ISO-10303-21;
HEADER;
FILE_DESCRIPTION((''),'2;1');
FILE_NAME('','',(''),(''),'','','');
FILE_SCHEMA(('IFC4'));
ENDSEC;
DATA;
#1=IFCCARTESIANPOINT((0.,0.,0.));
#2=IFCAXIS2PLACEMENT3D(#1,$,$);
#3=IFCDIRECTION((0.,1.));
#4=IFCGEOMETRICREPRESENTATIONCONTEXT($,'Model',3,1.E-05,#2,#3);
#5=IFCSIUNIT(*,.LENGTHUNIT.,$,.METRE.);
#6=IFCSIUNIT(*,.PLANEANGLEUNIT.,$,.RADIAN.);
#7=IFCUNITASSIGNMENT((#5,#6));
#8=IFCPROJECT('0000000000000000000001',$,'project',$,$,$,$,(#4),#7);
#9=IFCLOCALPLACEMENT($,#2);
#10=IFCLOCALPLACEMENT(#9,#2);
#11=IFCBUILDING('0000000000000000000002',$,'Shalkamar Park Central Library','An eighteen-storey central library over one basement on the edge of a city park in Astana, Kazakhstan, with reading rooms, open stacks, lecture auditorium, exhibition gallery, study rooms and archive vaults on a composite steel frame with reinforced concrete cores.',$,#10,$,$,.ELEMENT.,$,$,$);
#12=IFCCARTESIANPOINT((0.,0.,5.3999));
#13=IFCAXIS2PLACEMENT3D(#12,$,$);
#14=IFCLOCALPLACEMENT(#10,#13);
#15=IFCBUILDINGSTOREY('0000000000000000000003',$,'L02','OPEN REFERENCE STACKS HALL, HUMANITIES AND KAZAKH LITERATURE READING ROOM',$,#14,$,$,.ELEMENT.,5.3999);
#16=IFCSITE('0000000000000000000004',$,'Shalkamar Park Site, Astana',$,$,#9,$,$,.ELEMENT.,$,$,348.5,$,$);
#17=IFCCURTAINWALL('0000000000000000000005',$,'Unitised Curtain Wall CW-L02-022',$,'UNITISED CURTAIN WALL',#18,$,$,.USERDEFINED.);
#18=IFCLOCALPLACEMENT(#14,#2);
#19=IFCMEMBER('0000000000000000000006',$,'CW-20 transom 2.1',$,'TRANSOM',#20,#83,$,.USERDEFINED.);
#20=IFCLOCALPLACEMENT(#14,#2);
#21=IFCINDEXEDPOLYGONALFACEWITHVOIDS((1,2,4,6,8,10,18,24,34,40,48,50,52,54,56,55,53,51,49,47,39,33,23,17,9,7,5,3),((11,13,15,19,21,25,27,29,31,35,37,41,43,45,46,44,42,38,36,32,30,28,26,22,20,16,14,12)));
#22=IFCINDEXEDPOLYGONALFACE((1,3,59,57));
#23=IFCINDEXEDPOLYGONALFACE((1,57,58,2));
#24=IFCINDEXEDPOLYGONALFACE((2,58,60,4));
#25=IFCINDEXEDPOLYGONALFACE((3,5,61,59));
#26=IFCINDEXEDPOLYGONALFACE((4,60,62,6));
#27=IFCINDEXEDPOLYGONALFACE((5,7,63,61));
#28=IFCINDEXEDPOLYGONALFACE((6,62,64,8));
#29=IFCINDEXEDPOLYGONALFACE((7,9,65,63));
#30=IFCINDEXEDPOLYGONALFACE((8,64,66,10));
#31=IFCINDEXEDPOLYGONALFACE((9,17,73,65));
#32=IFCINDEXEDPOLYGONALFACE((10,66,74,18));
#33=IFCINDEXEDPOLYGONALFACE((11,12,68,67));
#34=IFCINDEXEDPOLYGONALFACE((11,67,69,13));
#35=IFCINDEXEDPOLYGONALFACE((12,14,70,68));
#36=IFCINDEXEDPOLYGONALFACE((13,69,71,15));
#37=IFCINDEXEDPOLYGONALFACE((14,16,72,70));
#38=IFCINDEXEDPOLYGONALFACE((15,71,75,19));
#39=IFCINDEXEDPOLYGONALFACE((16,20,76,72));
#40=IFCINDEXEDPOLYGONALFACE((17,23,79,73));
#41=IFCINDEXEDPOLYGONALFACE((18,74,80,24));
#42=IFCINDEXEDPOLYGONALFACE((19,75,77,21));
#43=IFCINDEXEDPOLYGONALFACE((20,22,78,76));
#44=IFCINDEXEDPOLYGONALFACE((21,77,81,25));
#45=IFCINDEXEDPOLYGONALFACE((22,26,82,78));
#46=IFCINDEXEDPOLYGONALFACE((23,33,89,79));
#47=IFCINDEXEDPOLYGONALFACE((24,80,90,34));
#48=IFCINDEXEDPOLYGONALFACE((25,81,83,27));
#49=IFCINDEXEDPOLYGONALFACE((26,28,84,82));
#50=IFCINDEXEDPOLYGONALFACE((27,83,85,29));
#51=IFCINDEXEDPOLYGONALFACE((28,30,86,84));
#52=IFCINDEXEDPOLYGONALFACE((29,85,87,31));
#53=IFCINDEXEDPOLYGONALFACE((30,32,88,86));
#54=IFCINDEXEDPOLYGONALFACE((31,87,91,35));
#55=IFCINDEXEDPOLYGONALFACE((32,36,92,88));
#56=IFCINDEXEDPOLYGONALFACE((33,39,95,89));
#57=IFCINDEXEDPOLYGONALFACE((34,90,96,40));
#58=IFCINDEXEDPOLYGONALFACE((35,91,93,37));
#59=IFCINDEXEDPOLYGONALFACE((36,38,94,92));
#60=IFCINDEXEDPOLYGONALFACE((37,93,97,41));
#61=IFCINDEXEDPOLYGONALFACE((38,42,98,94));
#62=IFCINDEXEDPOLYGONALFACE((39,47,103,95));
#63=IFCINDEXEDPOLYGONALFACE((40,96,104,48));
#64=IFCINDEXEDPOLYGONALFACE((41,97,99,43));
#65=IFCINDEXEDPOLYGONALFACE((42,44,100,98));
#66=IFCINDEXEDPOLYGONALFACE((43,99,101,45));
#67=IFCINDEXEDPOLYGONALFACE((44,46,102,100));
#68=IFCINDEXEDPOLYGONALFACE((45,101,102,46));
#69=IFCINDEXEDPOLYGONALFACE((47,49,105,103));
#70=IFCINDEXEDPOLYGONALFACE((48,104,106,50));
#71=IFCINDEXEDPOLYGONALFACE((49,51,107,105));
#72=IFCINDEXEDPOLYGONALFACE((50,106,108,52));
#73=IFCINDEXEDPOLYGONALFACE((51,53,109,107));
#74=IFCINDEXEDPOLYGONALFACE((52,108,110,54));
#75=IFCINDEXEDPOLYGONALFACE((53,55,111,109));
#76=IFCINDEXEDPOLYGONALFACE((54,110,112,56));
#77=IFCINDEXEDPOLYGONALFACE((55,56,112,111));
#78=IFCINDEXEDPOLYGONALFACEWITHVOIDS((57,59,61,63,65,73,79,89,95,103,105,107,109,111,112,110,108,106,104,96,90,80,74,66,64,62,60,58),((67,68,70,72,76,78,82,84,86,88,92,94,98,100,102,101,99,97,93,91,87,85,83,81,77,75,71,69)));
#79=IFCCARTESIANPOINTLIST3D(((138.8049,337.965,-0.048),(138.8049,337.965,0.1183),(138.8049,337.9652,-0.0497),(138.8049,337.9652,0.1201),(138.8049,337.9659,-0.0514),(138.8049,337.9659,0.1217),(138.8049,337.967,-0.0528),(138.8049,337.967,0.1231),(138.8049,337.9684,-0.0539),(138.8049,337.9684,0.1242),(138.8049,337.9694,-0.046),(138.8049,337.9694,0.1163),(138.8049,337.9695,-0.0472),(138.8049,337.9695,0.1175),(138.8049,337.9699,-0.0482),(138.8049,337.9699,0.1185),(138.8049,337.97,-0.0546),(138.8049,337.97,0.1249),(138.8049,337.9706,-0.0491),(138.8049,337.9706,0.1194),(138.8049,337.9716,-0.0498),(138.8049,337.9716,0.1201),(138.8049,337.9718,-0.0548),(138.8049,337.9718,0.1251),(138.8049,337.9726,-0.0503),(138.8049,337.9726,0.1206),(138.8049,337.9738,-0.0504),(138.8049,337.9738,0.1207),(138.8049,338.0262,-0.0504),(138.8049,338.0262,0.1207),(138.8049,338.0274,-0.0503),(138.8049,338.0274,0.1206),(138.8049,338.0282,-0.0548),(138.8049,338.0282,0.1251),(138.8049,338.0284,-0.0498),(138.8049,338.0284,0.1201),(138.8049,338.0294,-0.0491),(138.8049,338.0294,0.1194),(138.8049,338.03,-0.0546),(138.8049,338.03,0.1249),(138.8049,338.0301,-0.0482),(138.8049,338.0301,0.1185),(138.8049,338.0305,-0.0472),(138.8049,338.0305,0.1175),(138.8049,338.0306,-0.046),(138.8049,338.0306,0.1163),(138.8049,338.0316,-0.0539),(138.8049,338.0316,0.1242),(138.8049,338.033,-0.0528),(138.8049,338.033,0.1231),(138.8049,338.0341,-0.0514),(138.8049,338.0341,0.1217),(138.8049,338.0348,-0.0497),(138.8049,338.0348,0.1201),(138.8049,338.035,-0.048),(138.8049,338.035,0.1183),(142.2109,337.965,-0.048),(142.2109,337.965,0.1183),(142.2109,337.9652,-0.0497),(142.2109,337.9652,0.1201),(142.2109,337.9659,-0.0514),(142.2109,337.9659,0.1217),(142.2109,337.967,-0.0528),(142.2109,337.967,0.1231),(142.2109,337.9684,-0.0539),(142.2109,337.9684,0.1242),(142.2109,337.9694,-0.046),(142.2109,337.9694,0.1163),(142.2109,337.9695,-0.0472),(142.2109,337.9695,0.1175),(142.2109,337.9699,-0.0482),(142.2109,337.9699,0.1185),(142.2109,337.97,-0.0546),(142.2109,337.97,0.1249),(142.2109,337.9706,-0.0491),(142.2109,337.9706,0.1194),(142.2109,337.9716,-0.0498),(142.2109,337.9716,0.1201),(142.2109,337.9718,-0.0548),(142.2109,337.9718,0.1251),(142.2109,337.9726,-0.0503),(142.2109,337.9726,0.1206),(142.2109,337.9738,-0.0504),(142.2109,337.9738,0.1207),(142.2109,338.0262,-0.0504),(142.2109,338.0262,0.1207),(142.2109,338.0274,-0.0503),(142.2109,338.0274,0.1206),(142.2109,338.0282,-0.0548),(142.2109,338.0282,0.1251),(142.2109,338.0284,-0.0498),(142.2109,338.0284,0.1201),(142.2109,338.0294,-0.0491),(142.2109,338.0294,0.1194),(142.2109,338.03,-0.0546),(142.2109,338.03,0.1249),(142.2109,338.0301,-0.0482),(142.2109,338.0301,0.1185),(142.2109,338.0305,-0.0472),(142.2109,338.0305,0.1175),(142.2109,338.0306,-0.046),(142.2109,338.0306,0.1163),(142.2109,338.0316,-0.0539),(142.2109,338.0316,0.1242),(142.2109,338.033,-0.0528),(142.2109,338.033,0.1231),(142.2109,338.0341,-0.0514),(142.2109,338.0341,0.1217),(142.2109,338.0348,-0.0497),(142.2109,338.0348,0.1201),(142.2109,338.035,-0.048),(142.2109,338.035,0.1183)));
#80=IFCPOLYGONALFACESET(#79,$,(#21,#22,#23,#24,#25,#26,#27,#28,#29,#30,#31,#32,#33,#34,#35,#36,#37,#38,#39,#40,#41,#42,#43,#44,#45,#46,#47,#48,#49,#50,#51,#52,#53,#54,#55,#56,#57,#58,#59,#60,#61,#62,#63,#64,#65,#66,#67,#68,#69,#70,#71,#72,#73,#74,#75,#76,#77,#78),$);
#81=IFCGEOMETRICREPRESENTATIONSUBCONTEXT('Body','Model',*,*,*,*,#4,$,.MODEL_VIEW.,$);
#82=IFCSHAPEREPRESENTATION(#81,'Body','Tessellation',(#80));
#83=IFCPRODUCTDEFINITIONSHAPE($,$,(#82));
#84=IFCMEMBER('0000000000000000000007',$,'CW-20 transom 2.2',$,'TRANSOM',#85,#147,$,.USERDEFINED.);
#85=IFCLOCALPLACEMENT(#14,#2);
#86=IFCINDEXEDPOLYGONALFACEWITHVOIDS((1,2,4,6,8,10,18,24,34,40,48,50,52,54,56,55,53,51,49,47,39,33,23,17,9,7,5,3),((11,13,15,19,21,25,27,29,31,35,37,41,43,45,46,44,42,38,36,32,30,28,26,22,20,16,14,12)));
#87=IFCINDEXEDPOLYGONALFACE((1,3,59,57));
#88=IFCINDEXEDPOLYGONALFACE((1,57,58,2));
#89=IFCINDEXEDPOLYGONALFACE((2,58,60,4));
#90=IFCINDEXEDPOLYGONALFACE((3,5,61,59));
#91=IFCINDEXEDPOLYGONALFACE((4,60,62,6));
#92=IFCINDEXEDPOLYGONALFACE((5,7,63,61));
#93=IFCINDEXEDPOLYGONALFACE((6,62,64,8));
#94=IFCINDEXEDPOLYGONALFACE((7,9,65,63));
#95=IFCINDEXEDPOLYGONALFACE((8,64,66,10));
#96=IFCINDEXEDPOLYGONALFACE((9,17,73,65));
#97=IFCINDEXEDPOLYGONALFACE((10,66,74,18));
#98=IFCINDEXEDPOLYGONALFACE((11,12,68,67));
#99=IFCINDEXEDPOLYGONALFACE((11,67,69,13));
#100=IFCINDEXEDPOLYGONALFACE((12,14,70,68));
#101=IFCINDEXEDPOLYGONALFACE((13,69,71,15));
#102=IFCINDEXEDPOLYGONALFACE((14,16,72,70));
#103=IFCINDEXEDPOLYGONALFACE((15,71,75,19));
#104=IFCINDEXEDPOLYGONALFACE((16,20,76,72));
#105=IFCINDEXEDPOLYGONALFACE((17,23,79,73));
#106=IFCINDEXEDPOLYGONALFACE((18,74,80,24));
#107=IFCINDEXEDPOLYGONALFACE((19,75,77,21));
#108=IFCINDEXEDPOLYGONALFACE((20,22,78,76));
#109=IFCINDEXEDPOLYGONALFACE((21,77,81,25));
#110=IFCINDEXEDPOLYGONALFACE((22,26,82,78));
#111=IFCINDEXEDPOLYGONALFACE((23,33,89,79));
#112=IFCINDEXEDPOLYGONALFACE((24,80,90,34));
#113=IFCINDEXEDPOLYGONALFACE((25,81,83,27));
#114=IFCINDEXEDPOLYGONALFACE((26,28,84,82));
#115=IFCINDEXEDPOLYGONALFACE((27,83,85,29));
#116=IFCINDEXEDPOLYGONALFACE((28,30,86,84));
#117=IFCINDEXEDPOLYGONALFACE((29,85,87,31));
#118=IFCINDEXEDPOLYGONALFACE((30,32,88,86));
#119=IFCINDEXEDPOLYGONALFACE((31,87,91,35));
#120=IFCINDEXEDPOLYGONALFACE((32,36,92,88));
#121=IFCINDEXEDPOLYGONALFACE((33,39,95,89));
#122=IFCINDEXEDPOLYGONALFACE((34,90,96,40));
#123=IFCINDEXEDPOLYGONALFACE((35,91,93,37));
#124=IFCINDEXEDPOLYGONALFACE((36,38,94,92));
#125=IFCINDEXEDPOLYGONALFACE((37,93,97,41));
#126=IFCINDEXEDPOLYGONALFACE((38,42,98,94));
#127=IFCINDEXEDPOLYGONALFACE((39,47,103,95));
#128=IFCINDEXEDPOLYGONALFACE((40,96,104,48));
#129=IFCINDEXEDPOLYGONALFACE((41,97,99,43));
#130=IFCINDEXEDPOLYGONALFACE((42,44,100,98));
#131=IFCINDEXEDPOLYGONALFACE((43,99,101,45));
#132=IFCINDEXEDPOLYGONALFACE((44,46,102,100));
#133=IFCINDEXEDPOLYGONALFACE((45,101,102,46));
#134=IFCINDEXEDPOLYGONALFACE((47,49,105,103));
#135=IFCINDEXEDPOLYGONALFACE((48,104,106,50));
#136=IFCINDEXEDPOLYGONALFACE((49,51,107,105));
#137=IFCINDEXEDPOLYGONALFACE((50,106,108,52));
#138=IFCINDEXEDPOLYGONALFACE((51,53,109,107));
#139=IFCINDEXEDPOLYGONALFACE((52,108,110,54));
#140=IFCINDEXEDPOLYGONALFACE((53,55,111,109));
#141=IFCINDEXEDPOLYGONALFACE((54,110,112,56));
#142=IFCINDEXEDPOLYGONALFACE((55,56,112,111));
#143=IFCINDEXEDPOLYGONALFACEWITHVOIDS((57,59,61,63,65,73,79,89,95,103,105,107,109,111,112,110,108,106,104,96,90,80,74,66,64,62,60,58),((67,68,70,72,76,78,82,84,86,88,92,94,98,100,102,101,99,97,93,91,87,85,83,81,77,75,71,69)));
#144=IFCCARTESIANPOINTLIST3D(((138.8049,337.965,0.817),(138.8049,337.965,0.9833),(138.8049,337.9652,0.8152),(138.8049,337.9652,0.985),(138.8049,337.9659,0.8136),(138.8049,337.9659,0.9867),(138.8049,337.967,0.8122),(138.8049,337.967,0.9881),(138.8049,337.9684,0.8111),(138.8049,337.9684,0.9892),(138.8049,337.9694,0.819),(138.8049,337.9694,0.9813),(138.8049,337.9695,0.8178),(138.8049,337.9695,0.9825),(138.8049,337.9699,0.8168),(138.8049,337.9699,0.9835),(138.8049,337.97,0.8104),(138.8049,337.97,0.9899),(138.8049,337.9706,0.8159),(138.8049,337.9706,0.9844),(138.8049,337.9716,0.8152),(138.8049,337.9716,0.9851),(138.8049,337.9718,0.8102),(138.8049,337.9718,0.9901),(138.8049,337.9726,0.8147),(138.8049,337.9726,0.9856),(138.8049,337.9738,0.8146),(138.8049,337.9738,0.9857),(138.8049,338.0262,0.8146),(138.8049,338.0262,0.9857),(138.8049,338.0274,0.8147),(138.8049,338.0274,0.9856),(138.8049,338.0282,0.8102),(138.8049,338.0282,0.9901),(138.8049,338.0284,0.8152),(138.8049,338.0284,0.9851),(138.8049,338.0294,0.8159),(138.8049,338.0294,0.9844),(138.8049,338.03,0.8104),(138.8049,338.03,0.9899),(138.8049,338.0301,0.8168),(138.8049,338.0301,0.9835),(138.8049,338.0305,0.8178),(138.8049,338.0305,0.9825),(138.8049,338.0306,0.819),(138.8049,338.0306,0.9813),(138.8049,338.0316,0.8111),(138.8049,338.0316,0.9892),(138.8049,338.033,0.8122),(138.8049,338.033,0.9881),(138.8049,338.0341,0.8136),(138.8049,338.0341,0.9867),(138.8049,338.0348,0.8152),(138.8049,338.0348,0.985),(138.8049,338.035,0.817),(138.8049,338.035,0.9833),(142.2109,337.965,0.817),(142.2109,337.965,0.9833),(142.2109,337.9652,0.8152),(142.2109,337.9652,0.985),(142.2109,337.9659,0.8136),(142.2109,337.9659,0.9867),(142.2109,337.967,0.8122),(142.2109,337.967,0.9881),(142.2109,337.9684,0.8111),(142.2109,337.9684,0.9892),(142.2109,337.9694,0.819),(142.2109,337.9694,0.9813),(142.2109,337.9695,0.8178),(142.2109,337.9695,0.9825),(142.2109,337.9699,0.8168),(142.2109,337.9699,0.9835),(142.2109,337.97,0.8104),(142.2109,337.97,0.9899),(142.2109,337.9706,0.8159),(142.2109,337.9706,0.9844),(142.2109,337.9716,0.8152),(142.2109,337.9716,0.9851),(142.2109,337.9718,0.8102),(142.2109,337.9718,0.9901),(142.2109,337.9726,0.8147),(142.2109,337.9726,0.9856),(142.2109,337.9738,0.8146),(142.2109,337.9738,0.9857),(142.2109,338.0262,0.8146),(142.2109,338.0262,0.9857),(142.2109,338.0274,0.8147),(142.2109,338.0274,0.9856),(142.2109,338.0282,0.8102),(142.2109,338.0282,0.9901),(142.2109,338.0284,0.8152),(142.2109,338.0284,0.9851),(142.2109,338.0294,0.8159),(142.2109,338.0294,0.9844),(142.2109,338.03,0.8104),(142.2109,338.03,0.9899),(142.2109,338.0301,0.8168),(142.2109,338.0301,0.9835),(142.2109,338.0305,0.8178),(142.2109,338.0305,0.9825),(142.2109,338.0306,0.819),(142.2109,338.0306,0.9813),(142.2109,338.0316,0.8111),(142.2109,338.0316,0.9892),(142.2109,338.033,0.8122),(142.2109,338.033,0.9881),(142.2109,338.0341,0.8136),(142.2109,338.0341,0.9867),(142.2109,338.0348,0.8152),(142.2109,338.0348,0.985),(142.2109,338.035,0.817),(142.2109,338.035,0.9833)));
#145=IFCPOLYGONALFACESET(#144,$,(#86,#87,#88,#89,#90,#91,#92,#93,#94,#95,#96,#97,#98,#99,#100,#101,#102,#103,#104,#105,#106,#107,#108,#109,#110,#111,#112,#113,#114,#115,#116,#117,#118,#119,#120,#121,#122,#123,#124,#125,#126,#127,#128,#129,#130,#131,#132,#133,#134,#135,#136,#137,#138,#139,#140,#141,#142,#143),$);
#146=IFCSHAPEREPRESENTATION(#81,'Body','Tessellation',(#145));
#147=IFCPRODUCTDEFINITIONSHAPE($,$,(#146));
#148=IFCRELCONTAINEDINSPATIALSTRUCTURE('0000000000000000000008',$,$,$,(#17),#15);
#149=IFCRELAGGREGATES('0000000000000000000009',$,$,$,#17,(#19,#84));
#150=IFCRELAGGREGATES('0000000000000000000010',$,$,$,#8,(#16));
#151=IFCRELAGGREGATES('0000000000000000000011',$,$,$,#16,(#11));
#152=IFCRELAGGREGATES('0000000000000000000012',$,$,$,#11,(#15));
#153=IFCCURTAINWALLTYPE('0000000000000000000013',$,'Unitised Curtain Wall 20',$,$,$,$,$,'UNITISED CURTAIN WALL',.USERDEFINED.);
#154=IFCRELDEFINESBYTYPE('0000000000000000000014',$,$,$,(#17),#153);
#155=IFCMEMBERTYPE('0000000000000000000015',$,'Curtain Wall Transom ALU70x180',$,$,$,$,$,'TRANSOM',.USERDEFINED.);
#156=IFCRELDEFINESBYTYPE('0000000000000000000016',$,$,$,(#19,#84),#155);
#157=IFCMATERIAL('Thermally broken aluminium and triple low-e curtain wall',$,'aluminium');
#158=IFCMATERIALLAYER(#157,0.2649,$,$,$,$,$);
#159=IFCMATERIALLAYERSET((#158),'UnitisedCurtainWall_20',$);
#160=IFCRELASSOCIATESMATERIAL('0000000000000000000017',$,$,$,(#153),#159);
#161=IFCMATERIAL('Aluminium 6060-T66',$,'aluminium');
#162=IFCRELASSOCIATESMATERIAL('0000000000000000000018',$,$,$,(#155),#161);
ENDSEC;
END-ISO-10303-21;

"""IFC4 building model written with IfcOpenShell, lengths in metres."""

from ifc_helpers import new_model, si_unit, direction, frame, origin, origin_2d, place, context, subcontext, project, spatial, hollow_rectangle, extrude, material, layer, layer_set, material_profile, profile_set, type_object, element, aggregate, save


model = new_model("IFC4")

# Units and contexts
model_context = context("Model", 3, precision=1e-05, world=origin(), true_north=direction((0.0, 1.0)))
body_context = subcontext(model_context, "Body", "Model", "MODEL_VIEW")
ifc_project = project(units=[si_unit("LENGTHUNIT", "METRE"), si_unit("PLANEANGLEUNIT", "RADIAN")], contexts=[model_context])

# Site, building, storey
site_placement = place(None, origin())
site = spatial("IfcSite", under=ifc_project, at=site_placement, Name="Shalkamar Park Site, Astana", CompositionType="ELEMENT", RefElevation=348.5)
building_placement = place(site_placement, origin())
building = spatial("IfcBuilding", under=site, at=building_placement, Name="Shalkamar Park Central Library", Description="An eighteen-storey central library over one basement on the edge of a city park in Astana, Kazakhstan, with reading rooms, open stacks, lecture auditorium, exhibition gallery, study rooms and archive vaults on a composite steel frame with reinforced concrete cores.", CompositionType="ELEMENT")
storey_placement = place(building_placement, frame((0.0, 0.0, 5.3999)))
storey = spatial("IfcBuildingStorey", under=building, at=storey_placement, Name="L02", Description="OPEN REFERENCE STACKS HALL, HUMANITIES AND KAZAKH LITERATURE READING ROOM", CompositionType="ELEMENT", Elevation=5.3999)

# Curtain wall
ifc_material_1 = material(Name="Thermally broken aluminium and triple low-e curtain wall", Category="aluminium")
ifc_layer_1 = layer(ifc_material_1, 0.2649)
ifc_layer_set_1 = layer_set([ifc_layer_1], Name="UnitisedCurtainWall_20")
curtain_wall_type_1 = type_object("IfcCurtainWallType", Name="Unitised Curtain Wall 20", ElementType="UNITISED CURTAIN WALL", PredefinedType="USERDEFINED", material=ifc_layer_set_1)
curtain_wall_1_placement = place(storey_placement, origin())
curtain_wall_1 = element("IfcCurtainWall", 1, at=curtain_wall_1_placement, inside=storey, type_object=curtain_wall_type_1, Name="Unitised Curtain Wall CW-L02-022", ObjectType="UNITISED CURTAIN WALL", PredefinedType="USERDEFINED")
ifc_material_2 = material(Name="Aluminium 6060-T66", Category="aluminium")

# Members
ifc_material_profile_1 = material_profile(ifc_material_2, hollow_rectangle(XDim=0.0701, YDim=0.1799, WallThickness=0.0044, InnerFilletRadius=0.0044, OuterFilletRadius=0.0068, at=origin_2d()), Name="ALU 70x180x4.5")
ifc_profile_set_1 = profile_set([ifc_material_profile_1], Name="Aluminium 6060-T66")
member_type_1 = type_object("IfcMemberType", Name="Curtain Wall Transom ALU70x180", ElementType="TRANSOM", PredefinedType="USERDEFINED", material=ifc_profile_set_1)
member_1_placement = place(storey_placement, frame((138.8049, 338.0, 0.0352), z_axis=(1.0, 0.0, 0.0), x_axis=(0.0, 1.0, 0.0)))
member_1 = element("IfcMember", 2, at=member_1_placement, type_object=member_type_1, Name="CW-20 transom 2.1", ObjectType="TRANSOM", PredefinedType="USERDEFINED", context=body_context, shape_type="SweptSolid", body=[
    extrude(hollow_rectangle(XDim=0.0701, YDim=0.1799, WallThickness=0.0044, InnerFilletRadius=0.0044, OuterFilletRadius=0.0068, at=origin_2d()), origin(), (0.0, 0.0, 1.0), 3.406),
])
member_2_placement = place(storey_placement, frame((138.8049, 338.0, 0.9001), z_axis=(1.0, 0.0, 0.0), x_axis=(0.0, 1.0, 0.0)))
member_2 = element("IfcMember", 3, at=member_2_placement, type_object=member_type_1, Name="CW-20 transom 2.2", ObjectType="TRANSOM", PredefinedType="USERDEFINED", context=body_context, shape_type="SweptSolid", body=[
    extrude(hollow_rectangle(XDim=0.0701, YDim=0.1799, WallThickness=0.0044, InnerFilletRadius=0.0044, OuterFilletRadius=0.0068, at=origin_2d()), origin(), (0.0, 0.0, 1.0), 3.406),
])

aggregate(curtain_wall_1, [member_1, member_2])

save(model, "model.ifc")
